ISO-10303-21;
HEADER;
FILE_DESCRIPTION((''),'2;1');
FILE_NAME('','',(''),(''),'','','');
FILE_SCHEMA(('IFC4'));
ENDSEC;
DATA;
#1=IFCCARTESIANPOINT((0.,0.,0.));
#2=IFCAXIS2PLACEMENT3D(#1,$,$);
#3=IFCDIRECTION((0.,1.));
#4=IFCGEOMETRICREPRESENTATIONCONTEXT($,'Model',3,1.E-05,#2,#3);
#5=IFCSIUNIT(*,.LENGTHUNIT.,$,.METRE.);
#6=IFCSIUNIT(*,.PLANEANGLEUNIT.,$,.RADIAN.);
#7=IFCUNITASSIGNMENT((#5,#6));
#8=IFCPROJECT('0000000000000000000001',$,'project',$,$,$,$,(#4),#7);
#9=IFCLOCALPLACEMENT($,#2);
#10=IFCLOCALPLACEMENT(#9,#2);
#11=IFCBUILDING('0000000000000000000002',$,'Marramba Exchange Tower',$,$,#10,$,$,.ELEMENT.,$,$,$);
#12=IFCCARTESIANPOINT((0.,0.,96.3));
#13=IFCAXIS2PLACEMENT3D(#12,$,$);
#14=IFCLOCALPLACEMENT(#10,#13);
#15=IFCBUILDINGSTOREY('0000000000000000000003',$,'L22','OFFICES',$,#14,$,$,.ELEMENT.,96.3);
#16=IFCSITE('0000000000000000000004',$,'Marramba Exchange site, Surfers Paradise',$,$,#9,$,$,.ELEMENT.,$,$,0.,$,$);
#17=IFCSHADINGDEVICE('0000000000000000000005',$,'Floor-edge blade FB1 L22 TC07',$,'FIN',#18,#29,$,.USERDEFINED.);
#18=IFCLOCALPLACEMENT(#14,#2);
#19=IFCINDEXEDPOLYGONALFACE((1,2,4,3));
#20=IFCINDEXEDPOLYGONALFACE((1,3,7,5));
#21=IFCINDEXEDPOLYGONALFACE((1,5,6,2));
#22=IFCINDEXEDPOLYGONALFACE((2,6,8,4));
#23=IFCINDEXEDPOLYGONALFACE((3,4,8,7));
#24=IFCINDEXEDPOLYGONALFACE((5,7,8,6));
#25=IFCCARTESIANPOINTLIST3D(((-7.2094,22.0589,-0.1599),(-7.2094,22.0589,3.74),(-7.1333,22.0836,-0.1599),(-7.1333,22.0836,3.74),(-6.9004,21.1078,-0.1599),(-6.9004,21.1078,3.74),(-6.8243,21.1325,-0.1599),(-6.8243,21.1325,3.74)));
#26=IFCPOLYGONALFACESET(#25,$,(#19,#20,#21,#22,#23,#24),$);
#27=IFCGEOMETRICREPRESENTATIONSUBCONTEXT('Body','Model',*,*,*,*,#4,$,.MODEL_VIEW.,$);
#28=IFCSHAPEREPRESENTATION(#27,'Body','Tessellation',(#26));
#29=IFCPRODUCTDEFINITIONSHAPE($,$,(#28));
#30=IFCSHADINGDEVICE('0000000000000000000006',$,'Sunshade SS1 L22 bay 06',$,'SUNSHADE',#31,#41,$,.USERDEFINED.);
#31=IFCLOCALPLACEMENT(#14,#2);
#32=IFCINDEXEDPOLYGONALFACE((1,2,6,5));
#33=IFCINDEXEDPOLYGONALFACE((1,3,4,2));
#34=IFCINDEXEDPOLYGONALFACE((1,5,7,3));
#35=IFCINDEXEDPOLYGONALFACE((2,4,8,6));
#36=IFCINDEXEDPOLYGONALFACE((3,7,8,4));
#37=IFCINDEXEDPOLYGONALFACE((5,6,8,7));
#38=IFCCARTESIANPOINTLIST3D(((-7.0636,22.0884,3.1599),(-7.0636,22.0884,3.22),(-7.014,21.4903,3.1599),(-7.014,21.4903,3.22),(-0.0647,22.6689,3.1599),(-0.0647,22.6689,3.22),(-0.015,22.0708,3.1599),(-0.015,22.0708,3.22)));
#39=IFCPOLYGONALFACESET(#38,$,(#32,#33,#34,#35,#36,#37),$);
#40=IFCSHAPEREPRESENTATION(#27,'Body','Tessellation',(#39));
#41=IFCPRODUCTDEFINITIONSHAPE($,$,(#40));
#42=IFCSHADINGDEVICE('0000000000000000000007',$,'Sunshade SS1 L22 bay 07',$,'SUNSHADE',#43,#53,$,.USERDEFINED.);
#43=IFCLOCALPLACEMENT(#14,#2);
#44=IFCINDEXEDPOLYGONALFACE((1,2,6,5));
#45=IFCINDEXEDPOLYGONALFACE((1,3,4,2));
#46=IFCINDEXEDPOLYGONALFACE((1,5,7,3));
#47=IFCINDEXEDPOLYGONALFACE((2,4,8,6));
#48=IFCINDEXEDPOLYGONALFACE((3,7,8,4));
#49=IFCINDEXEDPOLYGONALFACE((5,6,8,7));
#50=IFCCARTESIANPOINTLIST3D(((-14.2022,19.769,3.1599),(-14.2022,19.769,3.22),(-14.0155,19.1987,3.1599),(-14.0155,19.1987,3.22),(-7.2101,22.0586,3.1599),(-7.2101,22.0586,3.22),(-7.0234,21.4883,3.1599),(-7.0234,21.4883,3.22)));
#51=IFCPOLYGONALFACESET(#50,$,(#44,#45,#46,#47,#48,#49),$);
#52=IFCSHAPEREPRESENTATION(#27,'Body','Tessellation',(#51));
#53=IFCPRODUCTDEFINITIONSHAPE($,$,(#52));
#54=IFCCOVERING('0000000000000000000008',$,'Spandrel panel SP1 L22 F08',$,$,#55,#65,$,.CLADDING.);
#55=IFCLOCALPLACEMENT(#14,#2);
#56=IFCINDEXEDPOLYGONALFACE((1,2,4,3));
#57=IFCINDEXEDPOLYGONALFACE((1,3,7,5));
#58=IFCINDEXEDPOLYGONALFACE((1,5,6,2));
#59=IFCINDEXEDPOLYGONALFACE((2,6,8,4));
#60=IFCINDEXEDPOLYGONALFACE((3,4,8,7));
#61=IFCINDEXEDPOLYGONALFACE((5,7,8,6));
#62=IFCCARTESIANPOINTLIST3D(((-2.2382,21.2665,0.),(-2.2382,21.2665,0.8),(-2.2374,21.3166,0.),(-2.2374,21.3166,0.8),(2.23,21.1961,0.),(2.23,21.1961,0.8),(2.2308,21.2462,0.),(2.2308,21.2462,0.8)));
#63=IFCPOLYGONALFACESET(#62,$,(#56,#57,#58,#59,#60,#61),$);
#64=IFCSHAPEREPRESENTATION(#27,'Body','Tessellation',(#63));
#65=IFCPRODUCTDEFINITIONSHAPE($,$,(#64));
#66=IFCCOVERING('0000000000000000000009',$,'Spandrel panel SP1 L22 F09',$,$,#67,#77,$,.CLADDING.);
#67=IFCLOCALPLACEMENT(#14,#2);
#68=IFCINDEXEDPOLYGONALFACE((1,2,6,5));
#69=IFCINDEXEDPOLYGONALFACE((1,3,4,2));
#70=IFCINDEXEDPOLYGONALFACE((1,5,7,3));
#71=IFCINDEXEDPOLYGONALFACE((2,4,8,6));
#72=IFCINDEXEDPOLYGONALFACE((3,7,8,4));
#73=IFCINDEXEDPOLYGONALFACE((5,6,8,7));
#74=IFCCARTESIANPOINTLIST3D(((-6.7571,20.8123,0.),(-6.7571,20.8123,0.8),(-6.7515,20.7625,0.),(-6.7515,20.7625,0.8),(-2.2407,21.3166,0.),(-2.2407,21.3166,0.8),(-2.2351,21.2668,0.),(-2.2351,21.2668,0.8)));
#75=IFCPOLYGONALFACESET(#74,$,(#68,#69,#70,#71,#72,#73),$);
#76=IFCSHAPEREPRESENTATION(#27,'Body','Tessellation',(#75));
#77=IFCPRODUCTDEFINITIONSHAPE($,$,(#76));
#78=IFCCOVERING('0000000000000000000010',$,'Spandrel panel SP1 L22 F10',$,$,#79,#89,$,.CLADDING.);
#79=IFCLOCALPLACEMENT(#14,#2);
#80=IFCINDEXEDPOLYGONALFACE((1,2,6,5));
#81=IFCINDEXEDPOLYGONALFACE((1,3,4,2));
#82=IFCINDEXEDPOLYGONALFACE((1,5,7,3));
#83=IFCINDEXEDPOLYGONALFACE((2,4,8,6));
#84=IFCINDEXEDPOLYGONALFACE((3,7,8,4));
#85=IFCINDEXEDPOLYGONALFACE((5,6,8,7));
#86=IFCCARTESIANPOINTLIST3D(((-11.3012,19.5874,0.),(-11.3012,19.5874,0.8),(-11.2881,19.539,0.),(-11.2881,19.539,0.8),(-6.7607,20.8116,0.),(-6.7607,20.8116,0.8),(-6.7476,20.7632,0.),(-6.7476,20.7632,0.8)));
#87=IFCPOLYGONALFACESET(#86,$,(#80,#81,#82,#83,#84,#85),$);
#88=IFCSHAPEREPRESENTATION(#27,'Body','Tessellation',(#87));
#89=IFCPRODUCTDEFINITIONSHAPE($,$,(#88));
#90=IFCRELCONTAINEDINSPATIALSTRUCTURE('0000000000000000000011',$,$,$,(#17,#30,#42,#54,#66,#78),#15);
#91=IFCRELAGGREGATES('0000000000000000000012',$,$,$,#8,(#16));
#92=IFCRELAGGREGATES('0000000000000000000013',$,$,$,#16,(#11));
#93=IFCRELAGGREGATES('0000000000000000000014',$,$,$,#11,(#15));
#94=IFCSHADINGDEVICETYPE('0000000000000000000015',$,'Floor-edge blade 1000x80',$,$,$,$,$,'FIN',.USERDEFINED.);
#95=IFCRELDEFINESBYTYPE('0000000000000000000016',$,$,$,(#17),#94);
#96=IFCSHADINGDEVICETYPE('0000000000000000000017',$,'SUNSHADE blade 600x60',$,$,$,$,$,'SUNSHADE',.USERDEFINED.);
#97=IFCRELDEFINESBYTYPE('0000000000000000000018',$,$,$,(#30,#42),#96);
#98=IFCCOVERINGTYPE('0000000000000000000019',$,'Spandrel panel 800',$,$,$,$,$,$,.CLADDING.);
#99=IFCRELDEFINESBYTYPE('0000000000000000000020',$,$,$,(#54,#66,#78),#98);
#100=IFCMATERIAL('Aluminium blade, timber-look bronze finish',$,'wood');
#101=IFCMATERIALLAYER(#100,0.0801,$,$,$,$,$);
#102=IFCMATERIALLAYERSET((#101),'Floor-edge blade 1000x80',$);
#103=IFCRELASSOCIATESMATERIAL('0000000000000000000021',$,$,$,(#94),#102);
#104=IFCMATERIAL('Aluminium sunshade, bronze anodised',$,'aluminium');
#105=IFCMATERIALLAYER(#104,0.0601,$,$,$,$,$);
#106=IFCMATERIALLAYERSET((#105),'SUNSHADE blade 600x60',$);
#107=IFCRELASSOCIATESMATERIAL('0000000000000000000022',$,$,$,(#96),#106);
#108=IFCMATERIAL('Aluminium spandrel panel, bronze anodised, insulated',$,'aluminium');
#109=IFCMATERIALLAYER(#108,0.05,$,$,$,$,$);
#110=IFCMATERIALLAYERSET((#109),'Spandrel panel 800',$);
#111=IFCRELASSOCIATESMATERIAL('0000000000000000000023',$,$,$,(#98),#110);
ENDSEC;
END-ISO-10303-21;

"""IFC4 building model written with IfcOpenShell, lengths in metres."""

from ifc_helpers import new_model, si_unit, direction, frame, origin, origin_2d, place, context, subcontext, project, spatial, rectangle, extrude, material, layer, layer_set, type_object, element, save


model = new_model("IFC4")

# Units and contexts
model_context = context("Model", 3, precision=1e-05, world=origin(), true_north=direction((0.0, 1.0)))
body_context = subcontext(model_context, "Body", "Model", "MODEL_VIEW")
ifc_project = project(units=[si_unit("LENGTHUNIT", "METRE"), si_unit("PLANEANGLEUNIT", "RADIAN")], contexts=[model_context])

# Site, building, storey
site_placement = place(None, origin())
site = spatial("IfcSite", under=ifc_project, at=site_placement, Name="Marramba Exchange site, Surfers Paradise", CompositionType="ELEMENT", RefElevation=0.0)
building_placement = place(site_placement, origin())
building = spatial("IfcBuilding", under=site, at=building_placement, Name="Marramba Exchange Tower", CompositionType="ELEMENT")
storey_placement = place(building_placement, frame((0.0, 0.0, 96.3)))
storey = spatial("IfcBuildingStorey", under=building, at=storey_placement, Name="L22", Description="OFFICES", CompositionType="ELEMENT", Elevation=96.3)

# Shading devices
ifc_material_1 = material(Name="Aluminium blade, timber-look bronze finish", Category="wood")
ifc_layer_1 = layer(ifc_material_1, 0.0801)
ifc_layer_set_1 = layer_set([ifc_layer_1], Name="Floor-edge blade 1000x80")
shading_device_type_1 = type_object("IfcShadingDeviceType", Name="Floor-edge blade 1000x80", ElementType="FIN", PredefinedType="USERDEFINED", material=ifc_layer_set_1)
shading_device_1_placement = place(storey_placement, frame((-7.0168, 21.5957, -0.1599), z_axis=(0.0, 0.0, 1.0), x_axis=(-0.309017, 0.951057, 0.0)))
element("IfcShadingDevice", 1, at=shading_device_1_placement, inside=storey, type_object=shading_device_type_1, Name="Floor-edge blade FB1 L22 TC07", ObjectType="FIN", PredefinedType="USERDEFINED", context=body_context, shape_type="SweptSolid", body=[
    extrude(rectangle(XDim=1.0, YDim=0.0801, at=origin_2d()), origin(), (0.0, 0.0, 1.0), 3.8999),
])
ifc_material_2 = material(Name="Aluminium sunshade, bronze anodised", Category="aluminium")
ifc_layer_2 = layer(ifc_material_2, 0.0601)
ifc_layer_set_2 = layer_set([ifc_layer_2], Name="SUNSHADE blade 600x60")
shading_device_type_2 = type_object("IfcShadingDeviceType", Name="SUNSHADE blade 600x60", ElementType="SUNSHADE", PredefinedType="USERDEFINED", material=ifc_layer_set_2)
shading_device_2_placement = place(storey_placement, frame((-3.5393, 22.0796, 3.1599), z_axis=(0.0, 0.0, 1.0), x_axis=(-0.996578, -0.08266, 0.0)))
element("IfcShadingDevice", 2, at=shading_device_2_placement, inside=storey, type_object=shading_device_type_2, Name="Sunshade SS1 L22 bay 06", ObjectType="SUNSHADE", PredefinedType="USERDEFINED", context=body_context, shape_type="SweptSolid", body=[
    extrude(rectangle(XDim=7.0229, YDim=0.6001, at=origin_2d()), origin(), (0.0, 0.0, 1.0), 0.0601),
])
shading_device_3_placement = place(storey_placement, frame((-10.6128, 20.6287, 3.1599), z_axis=(0.0, 0.0, 1.0), x_axis=(-0.950346, -0.311196, 0.0)))
element("IfcShadingDevice", 3, at=shading_device_3_placement, inside=storey, type_object=shading_device_type_2, Name="Sunshade SS1 L22 bay 07", ObjectType="SUNSHADE", PredefinedType="USERDEFINED", context=body_context, shape_type="SweptSolid", body=[
    extrude(rectangle(XDim=7.3574, YDim=0.6001, at=origin_2d()), origin(), (0.0, 0.0, 1.0), 0.0601),
])

# Coverings
ifc_material_3 = material(Name="Aluminium spandrel panel, bronze anodised, insulated", Category="aluminium")
ifc_layer_3 = layer(ifc_material_3, 0.05)
ifc_layer_set_3 = layer_set([ifc_layer_3], Name="Spandrel panel 800")
covering_type = type_object("IfcCoveringType", Name="Spandrel panel 800", PredefinedType="CLADDING", material=ifc_layer_set_3)
covering_1_placement = place(storey_placement, frame((-0.0037, 21.2563, 0.0), z_axis=(0.0, 0.0, 1.0), x_axis=(-0.999876, 0.015756, 0.0)))
element("IfcCovering", 4, at=covering_1_placement, inside=storey, type_object=covering_type, Name="Spandrel panel SP1 L22 F08", PredefinedType="CLADDING", context=body_context, shape_type="SweptSolid", body=[
    extrude(rectangle(XDim=4.4688, YDim=0.05, at=origin_2d()), origin(), (0.0, 0.0, 1.0), 0.8),
])
covering_2_placement = place(storey_placement, frame((-4.4961, 21.0396, 0.0), z_axis=(0.0, 0.0, 1.0), x_axis=(-0.993823, -0.110973, 0.0)))
element("IfcCovering", 5, at=covering_2_placement, inside=storey, type_object=covering_type, Name="Spandrel panel SP1 L22 F09", PredefinedType="CLADDING", context=body_context, shape_type="SweptSolid", body=[
    extrude(rectangle(XDim=4.5444, YDim=0.05, at=origin_2d()), origin(), (0.0, 0.0, 1.0), 0.8),
])
covering_3_placement = place(storey_placement, frame((-9.0244, 20.1753, 0.0), z_axis=(0.0, 0.0, 1.0), x_axis=(-0.965522, -0.260321, 0.0)))
element("IfcCovering", 6, at=covering_3_placement, inside=storey, type_object=covering_type, Name="Spandrel panel SP1 L22 F10", PredefinedType="CLADDING", context=body_context, shape_type="SweptSolid", body=[
    extrude(rectangle(XDim=4.7026, YDim=0.05, at=origin_2d()), origin(), (0.0, 0.0, 1.0), 0.8),
])

save(model, "model.ifc")
